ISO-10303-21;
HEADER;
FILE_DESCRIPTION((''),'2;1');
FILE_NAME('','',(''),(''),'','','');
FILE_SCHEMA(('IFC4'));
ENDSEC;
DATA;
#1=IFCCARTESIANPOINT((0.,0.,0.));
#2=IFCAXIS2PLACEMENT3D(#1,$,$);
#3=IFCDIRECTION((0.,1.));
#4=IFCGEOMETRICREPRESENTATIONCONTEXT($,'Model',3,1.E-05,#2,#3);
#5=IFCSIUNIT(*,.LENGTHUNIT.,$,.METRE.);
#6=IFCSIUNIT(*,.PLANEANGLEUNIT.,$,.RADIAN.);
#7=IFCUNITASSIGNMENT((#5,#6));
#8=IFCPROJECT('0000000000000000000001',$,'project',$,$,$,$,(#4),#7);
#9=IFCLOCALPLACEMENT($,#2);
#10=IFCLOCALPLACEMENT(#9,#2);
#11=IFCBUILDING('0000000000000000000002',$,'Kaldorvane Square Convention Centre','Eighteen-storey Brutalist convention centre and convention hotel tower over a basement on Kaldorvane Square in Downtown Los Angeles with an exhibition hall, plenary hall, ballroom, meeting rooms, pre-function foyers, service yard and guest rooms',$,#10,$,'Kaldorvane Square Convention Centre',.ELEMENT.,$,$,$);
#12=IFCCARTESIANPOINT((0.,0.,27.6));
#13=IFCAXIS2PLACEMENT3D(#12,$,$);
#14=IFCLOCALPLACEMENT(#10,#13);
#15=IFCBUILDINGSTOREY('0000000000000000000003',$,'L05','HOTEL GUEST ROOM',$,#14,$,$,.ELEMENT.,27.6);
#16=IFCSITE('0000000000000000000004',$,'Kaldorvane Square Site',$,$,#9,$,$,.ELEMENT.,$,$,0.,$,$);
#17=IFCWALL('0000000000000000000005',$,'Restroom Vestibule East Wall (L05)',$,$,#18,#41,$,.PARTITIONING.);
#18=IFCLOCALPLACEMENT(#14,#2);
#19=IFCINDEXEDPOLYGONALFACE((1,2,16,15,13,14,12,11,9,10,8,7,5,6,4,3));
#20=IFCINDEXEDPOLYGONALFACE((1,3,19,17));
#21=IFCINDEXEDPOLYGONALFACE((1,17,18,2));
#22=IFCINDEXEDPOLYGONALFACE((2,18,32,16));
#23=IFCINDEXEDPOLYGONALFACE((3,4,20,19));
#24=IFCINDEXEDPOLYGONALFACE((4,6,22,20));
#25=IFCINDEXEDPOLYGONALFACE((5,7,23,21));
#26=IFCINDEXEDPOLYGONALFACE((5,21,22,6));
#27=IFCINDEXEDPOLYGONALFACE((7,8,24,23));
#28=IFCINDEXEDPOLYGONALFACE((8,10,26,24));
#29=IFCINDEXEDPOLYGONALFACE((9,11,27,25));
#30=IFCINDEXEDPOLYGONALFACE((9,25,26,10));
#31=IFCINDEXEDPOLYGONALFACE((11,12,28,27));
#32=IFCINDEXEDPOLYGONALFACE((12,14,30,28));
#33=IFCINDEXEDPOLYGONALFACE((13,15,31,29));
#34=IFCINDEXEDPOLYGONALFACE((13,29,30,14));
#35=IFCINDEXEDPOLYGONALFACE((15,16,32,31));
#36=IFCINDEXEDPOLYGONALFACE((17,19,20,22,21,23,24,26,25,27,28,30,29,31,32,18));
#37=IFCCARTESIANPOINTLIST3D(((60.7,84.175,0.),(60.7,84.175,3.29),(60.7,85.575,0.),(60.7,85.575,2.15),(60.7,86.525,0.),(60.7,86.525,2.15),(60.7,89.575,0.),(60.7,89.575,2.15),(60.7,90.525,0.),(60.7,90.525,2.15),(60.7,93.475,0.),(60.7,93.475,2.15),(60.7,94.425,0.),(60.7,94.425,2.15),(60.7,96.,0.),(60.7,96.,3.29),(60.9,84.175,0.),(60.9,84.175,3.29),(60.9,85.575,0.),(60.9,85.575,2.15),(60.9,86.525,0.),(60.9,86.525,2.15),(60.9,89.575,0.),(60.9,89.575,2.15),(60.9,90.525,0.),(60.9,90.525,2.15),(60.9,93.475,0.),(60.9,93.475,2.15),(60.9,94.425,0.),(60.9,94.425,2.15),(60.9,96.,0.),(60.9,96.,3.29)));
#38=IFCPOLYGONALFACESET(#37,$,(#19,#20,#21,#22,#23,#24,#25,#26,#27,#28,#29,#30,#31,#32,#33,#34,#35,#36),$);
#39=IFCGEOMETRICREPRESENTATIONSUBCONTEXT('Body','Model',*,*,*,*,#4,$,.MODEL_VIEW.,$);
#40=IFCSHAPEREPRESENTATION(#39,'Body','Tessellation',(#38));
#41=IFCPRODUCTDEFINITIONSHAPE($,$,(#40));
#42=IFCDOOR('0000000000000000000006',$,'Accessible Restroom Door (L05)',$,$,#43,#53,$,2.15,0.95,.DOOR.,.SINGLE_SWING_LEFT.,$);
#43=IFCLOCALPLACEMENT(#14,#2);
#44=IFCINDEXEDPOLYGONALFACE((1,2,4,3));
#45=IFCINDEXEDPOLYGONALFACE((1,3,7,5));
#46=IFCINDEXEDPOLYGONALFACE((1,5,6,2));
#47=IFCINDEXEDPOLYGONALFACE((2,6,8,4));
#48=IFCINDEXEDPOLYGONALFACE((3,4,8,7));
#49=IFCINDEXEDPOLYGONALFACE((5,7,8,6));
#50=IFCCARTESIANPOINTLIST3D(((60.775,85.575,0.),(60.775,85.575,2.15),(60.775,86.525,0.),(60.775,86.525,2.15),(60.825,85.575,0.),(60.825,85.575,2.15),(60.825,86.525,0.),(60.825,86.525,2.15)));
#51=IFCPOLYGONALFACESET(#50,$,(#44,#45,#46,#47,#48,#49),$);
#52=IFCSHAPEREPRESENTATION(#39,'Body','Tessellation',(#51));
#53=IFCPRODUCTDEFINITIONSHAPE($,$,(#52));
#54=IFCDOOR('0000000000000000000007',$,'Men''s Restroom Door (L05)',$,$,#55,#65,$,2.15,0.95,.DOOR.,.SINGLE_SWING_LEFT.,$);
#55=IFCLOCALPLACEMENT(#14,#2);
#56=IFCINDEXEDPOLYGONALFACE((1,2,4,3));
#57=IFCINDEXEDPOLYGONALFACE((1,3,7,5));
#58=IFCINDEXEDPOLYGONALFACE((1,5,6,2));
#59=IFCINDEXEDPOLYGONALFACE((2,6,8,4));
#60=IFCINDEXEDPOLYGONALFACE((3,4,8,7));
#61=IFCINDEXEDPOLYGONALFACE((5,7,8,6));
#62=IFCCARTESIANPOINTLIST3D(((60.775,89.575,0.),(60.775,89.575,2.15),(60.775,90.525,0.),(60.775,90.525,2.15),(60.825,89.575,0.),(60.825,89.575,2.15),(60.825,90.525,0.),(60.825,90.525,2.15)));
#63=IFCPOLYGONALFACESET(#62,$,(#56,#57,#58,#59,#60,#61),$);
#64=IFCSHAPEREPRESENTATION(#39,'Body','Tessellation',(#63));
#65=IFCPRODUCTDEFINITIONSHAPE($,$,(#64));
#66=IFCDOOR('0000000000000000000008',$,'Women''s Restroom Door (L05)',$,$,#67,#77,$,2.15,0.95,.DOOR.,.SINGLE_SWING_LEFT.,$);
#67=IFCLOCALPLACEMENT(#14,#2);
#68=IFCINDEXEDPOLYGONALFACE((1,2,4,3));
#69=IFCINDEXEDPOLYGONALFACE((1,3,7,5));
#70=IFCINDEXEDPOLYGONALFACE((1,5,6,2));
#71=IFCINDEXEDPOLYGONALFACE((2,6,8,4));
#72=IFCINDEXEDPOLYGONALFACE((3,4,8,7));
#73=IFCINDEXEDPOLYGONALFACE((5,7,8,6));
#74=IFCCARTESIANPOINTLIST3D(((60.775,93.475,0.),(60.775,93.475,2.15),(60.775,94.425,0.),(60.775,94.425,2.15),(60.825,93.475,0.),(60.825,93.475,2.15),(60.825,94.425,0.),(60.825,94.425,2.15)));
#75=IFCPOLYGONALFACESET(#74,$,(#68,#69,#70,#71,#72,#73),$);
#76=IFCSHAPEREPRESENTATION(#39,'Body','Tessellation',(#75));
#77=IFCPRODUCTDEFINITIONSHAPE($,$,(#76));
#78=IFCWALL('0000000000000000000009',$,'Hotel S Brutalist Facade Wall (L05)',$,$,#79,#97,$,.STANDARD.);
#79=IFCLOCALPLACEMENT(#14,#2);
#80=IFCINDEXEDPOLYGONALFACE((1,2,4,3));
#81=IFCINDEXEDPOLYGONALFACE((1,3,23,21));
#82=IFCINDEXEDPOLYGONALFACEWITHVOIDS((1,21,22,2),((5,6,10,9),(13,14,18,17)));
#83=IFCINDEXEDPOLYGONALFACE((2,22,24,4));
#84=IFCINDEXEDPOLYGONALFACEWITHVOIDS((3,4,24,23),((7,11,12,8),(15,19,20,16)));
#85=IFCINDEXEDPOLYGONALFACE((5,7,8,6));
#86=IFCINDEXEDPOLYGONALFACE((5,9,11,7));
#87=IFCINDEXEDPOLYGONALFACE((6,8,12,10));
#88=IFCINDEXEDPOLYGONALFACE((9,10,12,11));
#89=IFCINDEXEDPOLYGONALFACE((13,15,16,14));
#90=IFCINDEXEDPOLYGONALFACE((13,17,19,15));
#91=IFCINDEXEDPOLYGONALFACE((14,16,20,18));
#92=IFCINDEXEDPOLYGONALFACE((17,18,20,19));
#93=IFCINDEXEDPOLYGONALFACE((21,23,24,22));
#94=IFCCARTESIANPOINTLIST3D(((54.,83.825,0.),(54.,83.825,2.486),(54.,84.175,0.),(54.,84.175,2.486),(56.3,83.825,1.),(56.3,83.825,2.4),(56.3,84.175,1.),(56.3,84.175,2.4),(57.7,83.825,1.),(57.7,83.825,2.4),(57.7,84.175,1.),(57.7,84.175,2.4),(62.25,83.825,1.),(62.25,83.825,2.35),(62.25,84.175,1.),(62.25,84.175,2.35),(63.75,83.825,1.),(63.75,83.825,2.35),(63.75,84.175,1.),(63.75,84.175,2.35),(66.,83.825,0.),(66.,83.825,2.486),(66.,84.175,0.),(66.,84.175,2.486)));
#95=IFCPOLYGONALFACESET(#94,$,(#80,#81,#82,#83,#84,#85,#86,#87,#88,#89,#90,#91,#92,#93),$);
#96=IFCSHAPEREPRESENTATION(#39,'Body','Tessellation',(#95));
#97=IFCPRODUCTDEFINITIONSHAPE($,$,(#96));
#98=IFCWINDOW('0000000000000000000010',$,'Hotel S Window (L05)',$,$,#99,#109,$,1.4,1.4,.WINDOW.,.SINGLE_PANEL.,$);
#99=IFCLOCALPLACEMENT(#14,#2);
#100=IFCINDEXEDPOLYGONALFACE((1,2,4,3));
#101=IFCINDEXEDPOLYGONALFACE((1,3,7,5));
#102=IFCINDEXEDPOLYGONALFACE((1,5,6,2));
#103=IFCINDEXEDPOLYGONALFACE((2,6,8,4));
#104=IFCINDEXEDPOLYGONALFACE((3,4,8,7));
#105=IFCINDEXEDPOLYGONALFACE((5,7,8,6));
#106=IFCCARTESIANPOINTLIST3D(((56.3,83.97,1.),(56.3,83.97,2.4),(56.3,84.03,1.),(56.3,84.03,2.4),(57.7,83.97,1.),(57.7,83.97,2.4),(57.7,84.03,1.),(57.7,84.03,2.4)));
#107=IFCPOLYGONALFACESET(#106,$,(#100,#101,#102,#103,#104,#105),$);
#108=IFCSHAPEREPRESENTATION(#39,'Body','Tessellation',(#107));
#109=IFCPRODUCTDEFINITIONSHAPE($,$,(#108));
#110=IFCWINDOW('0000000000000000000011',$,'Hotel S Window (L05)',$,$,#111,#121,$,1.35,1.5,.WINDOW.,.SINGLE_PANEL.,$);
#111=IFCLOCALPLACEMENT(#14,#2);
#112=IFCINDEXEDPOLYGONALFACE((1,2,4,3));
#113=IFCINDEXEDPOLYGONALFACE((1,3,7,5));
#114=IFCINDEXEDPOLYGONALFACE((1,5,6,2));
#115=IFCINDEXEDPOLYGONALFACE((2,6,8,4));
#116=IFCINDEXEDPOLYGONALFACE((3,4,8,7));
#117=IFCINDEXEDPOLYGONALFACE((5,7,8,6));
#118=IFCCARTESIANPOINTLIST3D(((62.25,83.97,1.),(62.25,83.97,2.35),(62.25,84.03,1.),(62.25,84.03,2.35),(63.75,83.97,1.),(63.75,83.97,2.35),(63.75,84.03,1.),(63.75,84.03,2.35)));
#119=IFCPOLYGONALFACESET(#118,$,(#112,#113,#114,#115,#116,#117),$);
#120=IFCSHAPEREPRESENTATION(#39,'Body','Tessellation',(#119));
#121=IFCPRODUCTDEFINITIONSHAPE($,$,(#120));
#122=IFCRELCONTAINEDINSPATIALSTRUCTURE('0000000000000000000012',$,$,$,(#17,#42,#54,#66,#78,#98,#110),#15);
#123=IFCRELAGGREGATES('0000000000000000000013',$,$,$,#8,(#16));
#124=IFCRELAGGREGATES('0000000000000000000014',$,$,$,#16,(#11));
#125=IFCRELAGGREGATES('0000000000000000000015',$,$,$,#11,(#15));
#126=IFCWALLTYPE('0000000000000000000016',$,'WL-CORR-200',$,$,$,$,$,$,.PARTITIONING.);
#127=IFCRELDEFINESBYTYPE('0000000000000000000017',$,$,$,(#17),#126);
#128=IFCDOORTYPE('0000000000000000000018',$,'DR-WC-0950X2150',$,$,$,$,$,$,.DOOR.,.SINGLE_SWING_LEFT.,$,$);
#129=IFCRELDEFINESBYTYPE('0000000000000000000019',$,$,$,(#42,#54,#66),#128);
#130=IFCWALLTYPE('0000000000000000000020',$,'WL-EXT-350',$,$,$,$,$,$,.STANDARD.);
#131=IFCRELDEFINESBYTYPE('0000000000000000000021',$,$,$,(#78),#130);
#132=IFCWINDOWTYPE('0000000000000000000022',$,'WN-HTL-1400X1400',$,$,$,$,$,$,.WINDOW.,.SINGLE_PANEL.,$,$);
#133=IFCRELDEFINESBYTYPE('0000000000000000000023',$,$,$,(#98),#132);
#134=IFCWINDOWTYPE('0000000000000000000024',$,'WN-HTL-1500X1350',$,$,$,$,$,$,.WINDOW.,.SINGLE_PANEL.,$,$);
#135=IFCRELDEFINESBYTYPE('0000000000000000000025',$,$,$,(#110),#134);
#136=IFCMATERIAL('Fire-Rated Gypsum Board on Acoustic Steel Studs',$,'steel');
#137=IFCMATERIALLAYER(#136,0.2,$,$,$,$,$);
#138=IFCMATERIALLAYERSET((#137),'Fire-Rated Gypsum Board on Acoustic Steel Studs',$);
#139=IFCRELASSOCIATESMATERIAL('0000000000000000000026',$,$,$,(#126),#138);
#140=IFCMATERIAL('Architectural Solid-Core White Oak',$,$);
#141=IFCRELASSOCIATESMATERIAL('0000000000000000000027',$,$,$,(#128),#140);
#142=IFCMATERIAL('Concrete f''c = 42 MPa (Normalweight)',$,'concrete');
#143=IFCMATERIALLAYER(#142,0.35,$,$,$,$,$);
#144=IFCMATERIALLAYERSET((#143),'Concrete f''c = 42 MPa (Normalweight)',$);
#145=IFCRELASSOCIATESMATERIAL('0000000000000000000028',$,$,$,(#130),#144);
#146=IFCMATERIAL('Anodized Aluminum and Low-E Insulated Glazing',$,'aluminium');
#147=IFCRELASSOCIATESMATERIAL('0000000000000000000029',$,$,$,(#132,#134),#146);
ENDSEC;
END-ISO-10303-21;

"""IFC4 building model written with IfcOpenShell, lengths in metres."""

from ifc_helpers import new_model, si_unit, direction, frame, frame_2d, origin, place, context, subcontext, project, spatial, rectangle, extrude, material, layer, layer_set, type_object, element, fill, save


model = new_model("IFC4")

# Units and contexts
model_context = context("Model", 3, precision=1e-05, world=origin(), true_north=direction((0.0, 1.0)))
body_context = subcontext(model_context, "Body", "Model", "MODEL_VIEW")
ifc_project = project(units=[si_unit("LENGTHUNIT", "METRE"), si_unit("PLANEANGLEUNIT", "RADIAN")], contexts=[model_context])

# Site, building, storey
site_placement = place(None, origin())
site = spatial("IfcSite", under=ifc_project, at=site_placement, Name="Kaldorvane Square Site", CompositionType="ELEMENT", RefElevation=0.0)
building_placement = place(site_placement, origin())
building = spatial("IfcBuilding", under=site, at=building_placement, Name="Kaldorvane Square Convention Centre", Description="Eighteen-storey Brutalist convention centre and convention hotel tower over a basement on Kaldorvane Square in Downtown Los Angeles with an exhibition hall, plenary hall, ballroom, meeting rooms, pre-function foyers, service yard and guest rooms", LongName="Kaldorvane Square Convention Centre", CompositionType="ELEMENT")
storey_placement = place(building_placement, frame((0.0, 0.0, 27.6)))
storey = spatial("IfcBuildingStorey", under=building, at=storey_placement, Name="L05", Description="HOTEL GUEST ROOM", CompositionType="ELEMENT", Elevation=27.6)

# Shared definitions
ifc_material_1 = material(Name="Concrete f'c = 42 MPa (Normalweight)", Category="concrete")

# Shared definitions
ifc_material_2 = material(Name="Fire-Rated Gypsum Board on Acoustic Steel Studs", Category="steel")
ifc_layer_1 = layer(ifc_material_2, 0.2)
ifc_layer_set_1 = layer_set([ifc_layer_1], Name="Fire-Rated Gypsum Board on Acoustic Steel Studs")
wall_type_1 = type_object("IfcWallType", Name="WL-CORR-200", PredefinedType="PARTITIONING", material=ifc_layer_set_1)

# Wall, openings, doors
wall_1_placement = place(storey_placement, frame((60.8, 84.175, 0.0), z_axis=(0.0, 0.0, 1.0), x_axis=(0.0, 1.0, 0.0)))
wall_1 = element("IfcWall", 1, at=wall_1_placement, inside=storey, type_object=wall_type_1, Name="Restroom Vestibule East Wall (L05)", PredefinedType="PARTITIONING", context=body_context, shape_type="SweptSolid", body=[
    extrude(rectangle(XDim=11.825, YDim=0.2, at=frame_2d((5.9125, 0.0))), origin(), (0.0, 0.0, 1.0), 3.29),
])
opening_1_placement = place(wall_1_placement, frame((1.4, 0.0, 0.0)))
opening_1 = element("IfcOpeningElement", 2, at=opening_1_placement, cuts=wall_1, PredefinedType="OPENING", context=body_context, shape_type="SweptSolid", body=[
    extrude(rectangle(XDim=0.95, YDim=2.15, at=frame_2d((0.475, 1.075))), frame((0.0, 0.115, 0.0), z_axis=(0.0, -1.0, 0.0), x_axis=(1.0, 0.0, 0.0)), (0.0, 0.0, 1.0), 0.23),
])
opening_2_placement = place(wall_1_placement, frame((5.4, 0.0, 0.0)))
opening_2 = element("IfcOpeningElement", 3, at=opening_2_placement, cuts=wall_1, PredefinedType="OPENING", context=body_context, shape_type="SweptSolid", body=[
    extrude(rectangle(XDim=0.95, YDim=2.15, at=frame_2d((0.475, 1.075))), frame((0.0, 0.115, 0.0), z_axis=(0.0, -1.0, 0.0), x_axis=(1.0, 0.0, 0.0)), (0.0, 0.0, 1.0), 0.23),
])
opening_3_placement = place(wall_1_placement, frame((9.3, 0.0, 0.0)))
opening_3 = element("IfcOpeningElement", 4, at=opening_3_placement, cuts=wall_1, PredefinedType="OPENING", context=body_context, shape_type="SweptSolid", body=[
    extrude(rectangle(XDim=0.95, YDim=2.15, at=frame_2d((0.475, 1.075))), frame((0.0, 0.115, 0.0), z_axis=(0.0, -1.0, 0.0), x_axis=(1.0, 0.0, 0.0)), (0.0, 0.0, 1.0), 0.23),
])
ifc_material_3 = material(Name="Architectural Solid-Core White Oak")
door_type_1 = type_object("IfcDoorType", Name="DR-WC-0950X2150", OperationType="SINGLE_SWING_LEFT", PredefinedType="DOOR", material=ifc_material_3)
door_1_placement = place(opening_1_placement, origin())
door_1 = element("IfcDoor", 5, at=door_1_placement, inside=storey, type_object=door_type_1, Name="Accessible Restroom Door (L05)", OperationType="SINGLE_SWING_LEFT", OverallHeight=2.15, OverallWidth=0.95, PredefinedType="DOOR", context=body_context, shape_type="SweptSolid", body=[
    extrude(rectangle(XDim=0.95, YDim=2.15, at=frame_2d((0.475, 1.075))), frame((0.0, 0.025, 0.0), z_axis=(0.0, -1.0, 0.0), x_axis=(1.0, 0.0, 0.0)), (0.0, 0.0, 1.0), 0.05),
])
fill(opening_1, door_1)
door_2_placement = place(opening_2_placement, origin())
door_2 = element("IfcDoor", 6, at=door_2_placement, inside=storey, type_object=door_type_1, Name="Men's Restroom Door (L05)", OperationType="SINGLE_SWING_LEFT", OverallHeight=2.15, OverallWidth=0.95, PredefinedType="DOOR", context=body_context, shape_type="SweptSolid", body=[
    extrude(rectangle(XDim=0.95, YDim=2.15, at=frame_2d((0.475, 1.075))), frame((0.0, 0.025, 0.0), z_axis=(0.0, -1.0, 0.0), x_axis=(1.0, 0.0, 0.0)), (0.0, 0.0, 1.0), 0.05),
])
fill(opening_2, door_2)
door_3_placement = place(opening_3_placement, origin())
door_3 = element("IfcDoor", 7, at=door_3_placement, inside=storey, type_object=door_type_1, Name="Women's Restroom Door (L05)", OperationType="SINGLE_SWING_LEFT", OverallHeight=2.15, OverallWidth=0.95, PredefinedType="DOOR", context=body_context, shape_type="SweptSolid", body=[
    extrude(rectangle(XDim=0.95, YDim=2.15, at=frame_2d((0.475, 1.075))), frame((0.0, 0.025, 0.0), z_axis=(0.0, -1.0, 0.0), x_axis=(1.0, 0.0, 0.0)), (0.0, 0.0, 1.0), 0.05),
])
fill(opening_3, door_3)

# Wall, openings, windows
ifc_layer_2 = layer(ifc_material_1, 0.35)
ifc_layer_set_2 = layer_set([ifc_layer_2], Name="Concrete f'c = 42 MPa (Normalweight)")
wall_type_2 = type_object("IfcWallType", Name="WL-EXT-350", PredefinedType="STANDARD", material=ifc_layer_set_2)
wall_2_placement = place(storey_placement, frame((54.0, 84.0, 0.0), z_axis=(0.0, 0.0, 1.0), x_axis=(1.0, 0.0, 0.0)))
wall_2 = element("IfcWall", 8, at=wall_2_placement, inside=storey, type_object=wall_type_2, Name="Hotel S Brutalist Facade Wall (L05)", PredefinedType="STANDARD", context=body_context, shape_type="SweptSolid", body=[
    extrude(rectangle(XDim=12.0, YDim=0.35, at=frame_2d((6.0, 0.0))), origin(), (0.0, 0.0, 1.0), 2.486),
])
opening_4_placement = place(wall_2_placement, frame((2.3, 0.0, 1.0)))
opening_4 = element("IfcOpeningElement", 9, at=opening_4_placement, cuts=wall_2, PredefinedType="OPENING", context=body_context, shape_type="SweptSolid", body=[
    extrude(rectangle(XDim=1.4, YDim=1.4, at=frame_2d((0.7, 0.7))), frame((0.0, 0.19, 0.0), z_axis=(0.0, -1.0, 0.0), x_axis=(1.0, 0.0, 0.0)), (0.0, 0.0, 1.0), 0.38),
])
opening_5_placement = place(wall_2_placement, frame((8.25, 0.0, 1.0)))
opening_5 = element("IfcOpeningElement", 10, at=opening_5_placement, cuts=wall_2, PredefinedType="OPENING", context=body_context, shape_type="SweptSolid", body=[
    extrude(rectangle(XDim=1.5, YDim=1.35, at=frame_2d((0.75, 0.675))), frame((0.0, 0.19, 0.0), z_axis=(0.0, -1.0, 0.0), x_axis=(1.0, 0.0, 0.0)), (0.0, 0.0, 1.0), 0.38),
])
ifc_material_4 = material(Name="Anodized Aluminum and Low-E Insulated Glazing", Category="aluminium")
window_type_1 = type_object("IfcWindowType", Name="WN-HTL-1400X1400", PartitioningType="SINGLE_PANEL", PredefinedType="WINDOW", material=ifc_material_4)
window_1_placement = place(opening_4_placement, origin())
window_1 = element("IfcWindow", 11, at=window_1_placement, inside=storey, type_object=window_type_1, Name="Hotel S Window (L05)", OverallHeight=1.4, OverallWidth=1.4, PartitioningType="SINGLE_PANEL", PredefinedType="WINDOW", context=body_context, shape_type="SweptSolid", body=[
    extrude(rectangle(XDim=1.4, YDim=1.4, at=frame_2d((0.7, 0.7))), frame((0.0, 0.03, 0.0), z_axis=(0.0, -1.0, 0.0), x_axis=(1.0, 0.0, 0.0)), (0.0, 0.0, 1.0), 0.06),
])
fill(opening_4, window_1)
window_type_2 = type_object("IfcWindowType", Name="WN-HTL-1500X1350", PartitioningType="SINGLE_PANEL", PredefinedType="WINDOW", material=ifc_material_4)
window_2_placement = place(opening_5_placement, origin())
window_2 = element("IfcWindow", 12, at=window_2_placement, inside=storey, type_object=window_type_2, Name="Hotel S Window (L05)", OverallHeight=1.35, OverallWidth=1.5, PartitioningType="SINGLE_PANEL", PredefinedType="WINDOW", context=body_context, shape_type="SweptSolid", body=[
    extrude(rectangle(XDim=1.5, YDim=1.35, at=frame_2d((0.75, 0.675))), frame((0.0, 0.03, 0.0), z_axis=(0.0, -1.0, 0.0), x_axis=(1.0, 0.0, 0.0)), (0.0, 0.0, 1.0), 0.06),
])
fill(opening_5, window_2)

save(model, "model.ifc")
